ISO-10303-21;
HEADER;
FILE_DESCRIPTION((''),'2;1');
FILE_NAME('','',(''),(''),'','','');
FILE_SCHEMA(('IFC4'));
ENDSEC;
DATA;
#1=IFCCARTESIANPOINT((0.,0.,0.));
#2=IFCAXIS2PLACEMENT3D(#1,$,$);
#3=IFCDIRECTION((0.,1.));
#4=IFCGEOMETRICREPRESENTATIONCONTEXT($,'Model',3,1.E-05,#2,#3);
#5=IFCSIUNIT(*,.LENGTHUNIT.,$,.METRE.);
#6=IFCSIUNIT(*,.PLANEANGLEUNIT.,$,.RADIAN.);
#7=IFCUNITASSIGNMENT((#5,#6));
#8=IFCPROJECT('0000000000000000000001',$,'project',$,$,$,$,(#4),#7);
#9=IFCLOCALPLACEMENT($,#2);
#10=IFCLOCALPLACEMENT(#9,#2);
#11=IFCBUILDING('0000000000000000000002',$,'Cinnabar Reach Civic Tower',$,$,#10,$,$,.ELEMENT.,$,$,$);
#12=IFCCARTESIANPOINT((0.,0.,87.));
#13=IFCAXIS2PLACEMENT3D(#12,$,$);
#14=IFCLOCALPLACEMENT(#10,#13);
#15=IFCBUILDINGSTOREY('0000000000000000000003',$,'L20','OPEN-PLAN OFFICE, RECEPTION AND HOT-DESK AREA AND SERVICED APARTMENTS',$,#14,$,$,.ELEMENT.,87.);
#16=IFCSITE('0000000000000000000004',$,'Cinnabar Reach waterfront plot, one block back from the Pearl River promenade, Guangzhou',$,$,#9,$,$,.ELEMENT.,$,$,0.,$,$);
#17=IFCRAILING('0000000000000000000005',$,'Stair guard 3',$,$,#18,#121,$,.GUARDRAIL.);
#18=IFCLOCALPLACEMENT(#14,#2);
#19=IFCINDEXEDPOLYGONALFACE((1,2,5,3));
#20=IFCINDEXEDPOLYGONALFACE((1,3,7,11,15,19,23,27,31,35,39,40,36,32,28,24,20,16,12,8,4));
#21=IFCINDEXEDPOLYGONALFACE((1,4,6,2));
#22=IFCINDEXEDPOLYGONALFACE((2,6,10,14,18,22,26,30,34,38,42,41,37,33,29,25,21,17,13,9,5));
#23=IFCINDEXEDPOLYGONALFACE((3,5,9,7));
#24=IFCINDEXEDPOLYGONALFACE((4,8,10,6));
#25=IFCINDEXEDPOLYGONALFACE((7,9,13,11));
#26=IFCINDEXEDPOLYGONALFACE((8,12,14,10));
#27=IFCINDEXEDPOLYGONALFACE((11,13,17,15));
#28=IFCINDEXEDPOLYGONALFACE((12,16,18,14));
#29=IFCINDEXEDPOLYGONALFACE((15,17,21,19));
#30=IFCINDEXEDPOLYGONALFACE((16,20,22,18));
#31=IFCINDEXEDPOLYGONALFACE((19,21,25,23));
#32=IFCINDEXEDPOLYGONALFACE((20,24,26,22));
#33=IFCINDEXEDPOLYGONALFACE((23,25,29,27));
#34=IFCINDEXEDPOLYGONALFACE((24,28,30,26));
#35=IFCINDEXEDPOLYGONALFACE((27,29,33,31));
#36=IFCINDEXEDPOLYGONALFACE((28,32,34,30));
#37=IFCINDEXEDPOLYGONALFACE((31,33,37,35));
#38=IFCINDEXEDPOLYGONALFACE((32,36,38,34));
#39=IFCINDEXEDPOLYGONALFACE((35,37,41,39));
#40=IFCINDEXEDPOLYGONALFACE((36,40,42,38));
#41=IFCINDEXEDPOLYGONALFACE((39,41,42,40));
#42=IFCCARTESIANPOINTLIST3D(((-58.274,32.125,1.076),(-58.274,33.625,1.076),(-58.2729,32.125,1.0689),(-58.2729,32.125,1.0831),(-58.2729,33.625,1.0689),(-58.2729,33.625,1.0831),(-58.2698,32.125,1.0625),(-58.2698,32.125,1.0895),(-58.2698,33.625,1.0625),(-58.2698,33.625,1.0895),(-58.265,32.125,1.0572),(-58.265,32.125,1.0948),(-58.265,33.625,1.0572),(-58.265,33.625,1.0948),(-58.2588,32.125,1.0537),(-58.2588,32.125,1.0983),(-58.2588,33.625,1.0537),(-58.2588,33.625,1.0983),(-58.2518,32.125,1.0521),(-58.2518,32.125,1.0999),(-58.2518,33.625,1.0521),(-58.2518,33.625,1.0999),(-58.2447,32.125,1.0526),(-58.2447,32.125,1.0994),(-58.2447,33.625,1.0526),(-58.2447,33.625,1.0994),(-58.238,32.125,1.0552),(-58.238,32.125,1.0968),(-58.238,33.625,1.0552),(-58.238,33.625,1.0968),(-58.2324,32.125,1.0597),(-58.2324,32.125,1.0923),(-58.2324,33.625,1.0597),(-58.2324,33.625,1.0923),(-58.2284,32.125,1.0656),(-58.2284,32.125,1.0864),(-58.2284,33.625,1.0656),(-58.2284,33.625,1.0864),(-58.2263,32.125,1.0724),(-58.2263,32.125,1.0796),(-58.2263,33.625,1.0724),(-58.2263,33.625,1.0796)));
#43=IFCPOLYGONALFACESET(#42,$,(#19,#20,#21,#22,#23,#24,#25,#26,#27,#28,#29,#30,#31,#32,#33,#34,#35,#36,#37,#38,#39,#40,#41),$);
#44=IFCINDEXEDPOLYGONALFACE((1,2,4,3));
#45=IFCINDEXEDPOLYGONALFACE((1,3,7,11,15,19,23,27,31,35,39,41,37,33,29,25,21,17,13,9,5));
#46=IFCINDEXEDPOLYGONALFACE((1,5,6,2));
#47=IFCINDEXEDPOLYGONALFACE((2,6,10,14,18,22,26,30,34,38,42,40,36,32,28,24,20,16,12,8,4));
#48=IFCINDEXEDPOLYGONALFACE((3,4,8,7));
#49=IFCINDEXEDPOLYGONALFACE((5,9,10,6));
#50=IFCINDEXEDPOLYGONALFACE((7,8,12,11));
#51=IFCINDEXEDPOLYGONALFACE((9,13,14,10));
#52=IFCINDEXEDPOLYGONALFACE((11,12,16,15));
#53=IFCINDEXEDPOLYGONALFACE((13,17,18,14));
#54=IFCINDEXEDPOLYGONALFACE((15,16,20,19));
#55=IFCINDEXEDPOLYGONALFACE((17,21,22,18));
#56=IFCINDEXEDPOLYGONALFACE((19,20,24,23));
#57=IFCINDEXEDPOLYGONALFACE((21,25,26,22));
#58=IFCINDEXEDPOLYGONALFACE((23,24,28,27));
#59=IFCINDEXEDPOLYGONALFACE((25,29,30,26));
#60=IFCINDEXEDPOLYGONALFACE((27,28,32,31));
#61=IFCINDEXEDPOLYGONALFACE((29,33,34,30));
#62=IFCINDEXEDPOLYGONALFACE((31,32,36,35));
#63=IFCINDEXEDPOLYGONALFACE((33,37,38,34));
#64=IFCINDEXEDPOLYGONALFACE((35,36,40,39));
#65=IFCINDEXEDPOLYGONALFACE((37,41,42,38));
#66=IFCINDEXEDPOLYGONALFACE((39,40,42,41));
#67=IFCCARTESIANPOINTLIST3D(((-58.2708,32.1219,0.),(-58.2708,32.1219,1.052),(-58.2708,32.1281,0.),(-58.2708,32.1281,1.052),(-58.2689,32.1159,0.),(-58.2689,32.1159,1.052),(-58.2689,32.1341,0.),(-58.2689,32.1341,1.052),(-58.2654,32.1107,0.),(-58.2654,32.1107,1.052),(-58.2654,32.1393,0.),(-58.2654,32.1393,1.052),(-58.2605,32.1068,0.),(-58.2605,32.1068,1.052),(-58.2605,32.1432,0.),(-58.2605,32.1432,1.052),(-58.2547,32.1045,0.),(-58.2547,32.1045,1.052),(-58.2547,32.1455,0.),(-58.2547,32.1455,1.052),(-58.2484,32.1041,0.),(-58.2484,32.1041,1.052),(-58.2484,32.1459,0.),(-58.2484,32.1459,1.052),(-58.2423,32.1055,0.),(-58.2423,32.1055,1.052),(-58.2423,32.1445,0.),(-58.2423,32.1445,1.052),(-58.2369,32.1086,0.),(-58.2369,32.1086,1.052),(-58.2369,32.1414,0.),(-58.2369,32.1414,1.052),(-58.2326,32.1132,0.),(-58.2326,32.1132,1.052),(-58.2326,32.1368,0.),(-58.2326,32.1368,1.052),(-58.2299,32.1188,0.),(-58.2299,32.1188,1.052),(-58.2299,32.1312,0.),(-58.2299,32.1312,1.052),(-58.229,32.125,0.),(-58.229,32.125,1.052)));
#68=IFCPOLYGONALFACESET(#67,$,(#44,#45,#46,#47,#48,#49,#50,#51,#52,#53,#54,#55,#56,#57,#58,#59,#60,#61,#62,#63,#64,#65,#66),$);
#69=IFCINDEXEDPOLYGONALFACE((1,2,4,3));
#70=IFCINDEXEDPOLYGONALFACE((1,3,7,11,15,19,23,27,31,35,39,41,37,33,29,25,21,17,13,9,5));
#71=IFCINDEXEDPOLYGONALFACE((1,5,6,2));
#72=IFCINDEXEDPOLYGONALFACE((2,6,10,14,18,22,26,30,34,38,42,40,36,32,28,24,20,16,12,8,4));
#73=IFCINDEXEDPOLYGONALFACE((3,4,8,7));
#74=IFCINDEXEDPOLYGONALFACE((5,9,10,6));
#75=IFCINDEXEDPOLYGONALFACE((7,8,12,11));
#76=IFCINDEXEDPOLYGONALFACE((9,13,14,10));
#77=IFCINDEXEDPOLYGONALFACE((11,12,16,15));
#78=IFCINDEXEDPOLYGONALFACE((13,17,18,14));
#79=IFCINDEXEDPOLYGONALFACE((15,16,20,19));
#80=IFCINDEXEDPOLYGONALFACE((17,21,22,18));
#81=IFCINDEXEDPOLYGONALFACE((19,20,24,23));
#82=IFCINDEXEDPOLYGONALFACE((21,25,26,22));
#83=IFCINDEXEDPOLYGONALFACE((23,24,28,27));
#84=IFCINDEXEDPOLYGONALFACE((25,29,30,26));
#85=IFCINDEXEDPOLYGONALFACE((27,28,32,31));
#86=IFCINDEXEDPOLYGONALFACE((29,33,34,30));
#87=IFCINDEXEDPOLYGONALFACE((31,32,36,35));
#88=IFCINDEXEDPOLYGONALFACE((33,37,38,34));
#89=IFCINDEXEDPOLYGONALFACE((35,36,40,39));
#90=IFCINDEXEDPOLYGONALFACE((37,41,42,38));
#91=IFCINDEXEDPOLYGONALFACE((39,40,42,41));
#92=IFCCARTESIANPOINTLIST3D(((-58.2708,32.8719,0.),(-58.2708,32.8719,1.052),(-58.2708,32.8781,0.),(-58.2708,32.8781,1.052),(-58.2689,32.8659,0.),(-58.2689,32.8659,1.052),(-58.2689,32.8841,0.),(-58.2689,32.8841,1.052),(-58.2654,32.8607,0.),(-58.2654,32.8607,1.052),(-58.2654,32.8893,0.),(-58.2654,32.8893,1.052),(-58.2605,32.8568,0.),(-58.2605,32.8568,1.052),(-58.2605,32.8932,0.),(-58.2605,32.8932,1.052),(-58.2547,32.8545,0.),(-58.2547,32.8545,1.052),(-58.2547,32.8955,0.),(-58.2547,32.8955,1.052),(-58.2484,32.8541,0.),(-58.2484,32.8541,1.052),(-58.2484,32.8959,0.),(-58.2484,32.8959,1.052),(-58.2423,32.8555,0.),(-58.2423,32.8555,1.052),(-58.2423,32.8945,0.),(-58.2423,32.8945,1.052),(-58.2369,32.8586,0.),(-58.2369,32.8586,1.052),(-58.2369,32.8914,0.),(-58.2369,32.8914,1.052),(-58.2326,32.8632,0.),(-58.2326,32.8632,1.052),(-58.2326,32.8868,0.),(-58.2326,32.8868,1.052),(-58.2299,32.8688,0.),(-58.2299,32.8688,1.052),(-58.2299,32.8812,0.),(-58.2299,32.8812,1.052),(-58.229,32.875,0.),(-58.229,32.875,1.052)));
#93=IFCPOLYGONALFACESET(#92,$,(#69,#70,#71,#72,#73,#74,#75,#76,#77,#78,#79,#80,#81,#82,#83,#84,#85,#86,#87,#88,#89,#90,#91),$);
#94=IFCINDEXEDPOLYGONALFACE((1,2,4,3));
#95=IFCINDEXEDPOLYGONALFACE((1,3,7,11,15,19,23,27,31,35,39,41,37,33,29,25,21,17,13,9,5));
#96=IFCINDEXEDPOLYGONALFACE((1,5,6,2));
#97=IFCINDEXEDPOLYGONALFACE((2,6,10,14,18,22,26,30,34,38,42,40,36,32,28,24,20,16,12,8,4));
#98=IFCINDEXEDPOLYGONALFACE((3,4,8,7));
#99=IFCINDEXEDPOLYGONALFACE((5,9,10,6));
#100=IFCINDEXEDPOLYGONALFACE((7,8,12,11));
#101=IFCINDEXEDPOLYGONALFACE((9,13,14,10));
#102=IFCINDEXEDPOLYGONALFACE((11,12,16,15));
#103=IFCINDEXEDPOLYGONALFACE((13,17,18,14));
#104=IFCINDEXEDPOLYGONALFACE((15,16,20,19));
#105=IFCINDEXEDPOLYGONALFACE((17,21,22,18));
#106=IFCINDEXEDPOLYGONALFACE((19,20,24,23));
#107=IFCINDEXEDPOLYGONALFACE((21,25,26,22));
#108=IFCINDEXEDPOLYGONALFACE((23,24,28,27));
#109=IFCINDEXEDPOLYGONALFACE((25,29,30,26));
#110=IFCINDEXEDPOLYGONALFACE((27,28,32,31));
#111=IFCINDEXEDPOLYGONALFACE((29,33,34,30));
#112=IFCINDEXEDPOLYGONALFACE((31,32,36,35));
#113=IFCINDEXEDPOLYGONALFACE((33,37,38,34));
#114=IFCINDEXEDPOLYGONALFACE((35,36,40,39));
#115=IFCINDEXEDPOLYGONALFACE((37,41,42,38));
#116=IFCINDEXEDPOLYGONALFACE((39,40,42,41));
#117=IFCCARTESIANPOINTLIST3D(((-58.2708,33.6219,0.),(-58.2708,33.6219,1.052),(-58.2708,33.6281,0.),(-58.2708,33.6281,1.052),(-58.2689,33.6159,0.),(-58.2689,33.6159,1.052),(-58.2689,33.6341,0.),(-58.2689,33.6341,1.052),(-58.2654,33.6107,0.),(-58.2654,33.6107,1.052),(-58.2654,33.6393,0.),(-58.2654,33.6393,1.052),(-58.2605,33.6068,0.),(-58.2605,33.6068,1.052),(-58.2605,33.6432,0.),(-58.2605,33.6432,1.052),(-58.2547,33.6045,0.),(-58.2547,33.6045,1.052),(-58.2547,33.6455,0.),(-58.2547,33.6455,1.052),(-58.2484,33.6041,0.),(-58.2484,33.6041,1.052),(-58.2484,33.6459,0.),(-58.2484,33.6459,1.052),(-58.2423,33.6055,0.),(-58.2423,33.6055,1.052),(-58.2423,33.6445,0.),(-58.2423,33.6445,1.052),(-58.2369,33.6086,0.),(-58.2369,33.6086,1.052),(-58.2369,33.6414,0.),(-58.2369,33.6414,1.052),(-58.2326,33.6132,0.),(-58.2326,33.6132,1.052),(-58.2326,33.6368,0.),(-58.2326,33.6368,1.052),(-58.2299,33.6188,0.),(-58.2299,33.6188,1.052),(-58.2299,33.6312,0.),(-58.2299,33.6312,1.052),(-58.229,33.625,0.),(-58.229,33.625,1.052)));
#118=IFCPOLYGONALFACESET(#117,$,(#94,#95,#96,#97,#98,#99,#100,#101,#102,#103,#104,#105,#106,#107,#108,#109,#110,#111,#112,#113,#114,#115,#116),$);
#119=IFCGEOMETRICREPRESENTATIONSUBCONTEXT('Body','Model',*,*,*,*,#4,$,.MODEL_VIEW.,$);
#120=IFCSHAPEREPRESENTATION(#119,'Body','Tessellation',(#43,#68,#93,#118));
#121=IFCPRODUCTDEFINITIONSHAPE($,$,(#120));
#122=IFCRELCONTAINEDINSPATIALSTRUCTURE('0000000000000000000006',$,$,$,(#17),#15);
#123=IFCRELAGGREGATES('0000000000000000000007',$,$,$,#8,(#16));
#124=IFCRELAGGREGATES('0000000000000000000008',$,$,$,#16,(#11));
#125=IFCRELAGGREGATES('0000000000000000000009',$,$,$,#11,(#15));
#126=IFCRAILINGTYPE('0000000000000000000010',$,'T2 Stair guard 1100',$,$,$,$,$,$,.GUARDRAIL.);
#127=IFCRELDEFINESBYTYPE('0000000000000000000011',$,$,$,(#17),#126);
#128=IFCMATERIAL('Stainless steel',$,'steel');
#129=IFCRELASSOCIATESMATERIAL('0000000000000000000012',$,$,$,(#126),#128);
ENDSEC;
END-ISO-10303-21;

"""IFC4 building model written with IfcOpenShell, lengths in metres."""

from ifc_helpers import new_model, si_unit, direction, frame, origin, origin_2d, place, context, subcontext, project, spatial, circle, extrude, material, type_object, element, save


model = new_model("IFC4")

# Units and contexts
model_context = context("Model", 3, precision=1e-05, world=origin(), true_north=direction((0.0, 1.0)))
body_context = subcontext(model_context, "Body", "Model", "MODEL_VIEW")
ifc_project = project(units=[si_unit("LENGTHUNIT", "METRE"), si_unit("PLANEANGLEUNIT", "RADIAN")], contexts=[model_context])

# Site, building, storey
site_placement = place(None, origin())
site = spatial("IfcSite", under=ifc_project, at=site_placement, Name="Cinnabar Reach waterfront plot, one block back from the Pearl River promenade, Guangzhou", CompositionType="ELEMENT", RefElevation=0.0)
building_placement = place(site_placement, origin())
building = spatial("IfcBuilding", under=site, at=building_placement, Name="Cinnabar Reach Civic Tower", CompositionType="ELEMENT")
storey_placement = place(building_placement, frame((0.0, 0.0, 87.0)))
storey = spatial("IfcBuildingStorey", under=building, at=storey_placement, Name="L20", Description="OPEN-PLAN OFFICE, RECEPTION AND HOT-DESK AREA AND SERVICED APARTMENTS", CompositionType="ELEMENT", Elevation=87.0)

# Railing
ifc_material_1 = material(Name="Stainless steel", Category="steel")
railing_type = type_object("IfcRailingType", Name="T2 Stair guard 1100", PredefinedType="GUARDRAIL", material=ifc_material_1)
railing_1_placement = place(storey_placement, frame((-58.25, 32.125, 0.0)))
element("IfcRailing", 1, at=railing_1_placement, inside=storey, type_object=railing_type, Name="Stair guard 3", PredefinedType="GUARDRAIL", context=body_context, shape_type="SweptSolid", body=[
    extrude(circle(Radius=0.024, at=origin_2d()), frame((0.0, 0.0, 1.076), z_axis=(0.0, 1.0, 0.0), x_axis=(-1.0, 0.0, 0.0)), (0.0, 0.0, 1.0), 1.5),
    extrude(circle(Radius=0.021, at=origin_2d()), origin(), (0.0, 0.0, 1.0), 1.052),
    extrude(circle(Radius=0.021, at=origin_2d()), frame((0.0, 0.75, 0.0)), (0.0, 0.0, 1.0), 1.052),
    extrude(circle(Radius=0.021, at=origin_2d()), frame((0.0, 1.5, 0.0)), (0.0, 0.0, 1.0), 1.052),
])

save(model, "model.ifc")
